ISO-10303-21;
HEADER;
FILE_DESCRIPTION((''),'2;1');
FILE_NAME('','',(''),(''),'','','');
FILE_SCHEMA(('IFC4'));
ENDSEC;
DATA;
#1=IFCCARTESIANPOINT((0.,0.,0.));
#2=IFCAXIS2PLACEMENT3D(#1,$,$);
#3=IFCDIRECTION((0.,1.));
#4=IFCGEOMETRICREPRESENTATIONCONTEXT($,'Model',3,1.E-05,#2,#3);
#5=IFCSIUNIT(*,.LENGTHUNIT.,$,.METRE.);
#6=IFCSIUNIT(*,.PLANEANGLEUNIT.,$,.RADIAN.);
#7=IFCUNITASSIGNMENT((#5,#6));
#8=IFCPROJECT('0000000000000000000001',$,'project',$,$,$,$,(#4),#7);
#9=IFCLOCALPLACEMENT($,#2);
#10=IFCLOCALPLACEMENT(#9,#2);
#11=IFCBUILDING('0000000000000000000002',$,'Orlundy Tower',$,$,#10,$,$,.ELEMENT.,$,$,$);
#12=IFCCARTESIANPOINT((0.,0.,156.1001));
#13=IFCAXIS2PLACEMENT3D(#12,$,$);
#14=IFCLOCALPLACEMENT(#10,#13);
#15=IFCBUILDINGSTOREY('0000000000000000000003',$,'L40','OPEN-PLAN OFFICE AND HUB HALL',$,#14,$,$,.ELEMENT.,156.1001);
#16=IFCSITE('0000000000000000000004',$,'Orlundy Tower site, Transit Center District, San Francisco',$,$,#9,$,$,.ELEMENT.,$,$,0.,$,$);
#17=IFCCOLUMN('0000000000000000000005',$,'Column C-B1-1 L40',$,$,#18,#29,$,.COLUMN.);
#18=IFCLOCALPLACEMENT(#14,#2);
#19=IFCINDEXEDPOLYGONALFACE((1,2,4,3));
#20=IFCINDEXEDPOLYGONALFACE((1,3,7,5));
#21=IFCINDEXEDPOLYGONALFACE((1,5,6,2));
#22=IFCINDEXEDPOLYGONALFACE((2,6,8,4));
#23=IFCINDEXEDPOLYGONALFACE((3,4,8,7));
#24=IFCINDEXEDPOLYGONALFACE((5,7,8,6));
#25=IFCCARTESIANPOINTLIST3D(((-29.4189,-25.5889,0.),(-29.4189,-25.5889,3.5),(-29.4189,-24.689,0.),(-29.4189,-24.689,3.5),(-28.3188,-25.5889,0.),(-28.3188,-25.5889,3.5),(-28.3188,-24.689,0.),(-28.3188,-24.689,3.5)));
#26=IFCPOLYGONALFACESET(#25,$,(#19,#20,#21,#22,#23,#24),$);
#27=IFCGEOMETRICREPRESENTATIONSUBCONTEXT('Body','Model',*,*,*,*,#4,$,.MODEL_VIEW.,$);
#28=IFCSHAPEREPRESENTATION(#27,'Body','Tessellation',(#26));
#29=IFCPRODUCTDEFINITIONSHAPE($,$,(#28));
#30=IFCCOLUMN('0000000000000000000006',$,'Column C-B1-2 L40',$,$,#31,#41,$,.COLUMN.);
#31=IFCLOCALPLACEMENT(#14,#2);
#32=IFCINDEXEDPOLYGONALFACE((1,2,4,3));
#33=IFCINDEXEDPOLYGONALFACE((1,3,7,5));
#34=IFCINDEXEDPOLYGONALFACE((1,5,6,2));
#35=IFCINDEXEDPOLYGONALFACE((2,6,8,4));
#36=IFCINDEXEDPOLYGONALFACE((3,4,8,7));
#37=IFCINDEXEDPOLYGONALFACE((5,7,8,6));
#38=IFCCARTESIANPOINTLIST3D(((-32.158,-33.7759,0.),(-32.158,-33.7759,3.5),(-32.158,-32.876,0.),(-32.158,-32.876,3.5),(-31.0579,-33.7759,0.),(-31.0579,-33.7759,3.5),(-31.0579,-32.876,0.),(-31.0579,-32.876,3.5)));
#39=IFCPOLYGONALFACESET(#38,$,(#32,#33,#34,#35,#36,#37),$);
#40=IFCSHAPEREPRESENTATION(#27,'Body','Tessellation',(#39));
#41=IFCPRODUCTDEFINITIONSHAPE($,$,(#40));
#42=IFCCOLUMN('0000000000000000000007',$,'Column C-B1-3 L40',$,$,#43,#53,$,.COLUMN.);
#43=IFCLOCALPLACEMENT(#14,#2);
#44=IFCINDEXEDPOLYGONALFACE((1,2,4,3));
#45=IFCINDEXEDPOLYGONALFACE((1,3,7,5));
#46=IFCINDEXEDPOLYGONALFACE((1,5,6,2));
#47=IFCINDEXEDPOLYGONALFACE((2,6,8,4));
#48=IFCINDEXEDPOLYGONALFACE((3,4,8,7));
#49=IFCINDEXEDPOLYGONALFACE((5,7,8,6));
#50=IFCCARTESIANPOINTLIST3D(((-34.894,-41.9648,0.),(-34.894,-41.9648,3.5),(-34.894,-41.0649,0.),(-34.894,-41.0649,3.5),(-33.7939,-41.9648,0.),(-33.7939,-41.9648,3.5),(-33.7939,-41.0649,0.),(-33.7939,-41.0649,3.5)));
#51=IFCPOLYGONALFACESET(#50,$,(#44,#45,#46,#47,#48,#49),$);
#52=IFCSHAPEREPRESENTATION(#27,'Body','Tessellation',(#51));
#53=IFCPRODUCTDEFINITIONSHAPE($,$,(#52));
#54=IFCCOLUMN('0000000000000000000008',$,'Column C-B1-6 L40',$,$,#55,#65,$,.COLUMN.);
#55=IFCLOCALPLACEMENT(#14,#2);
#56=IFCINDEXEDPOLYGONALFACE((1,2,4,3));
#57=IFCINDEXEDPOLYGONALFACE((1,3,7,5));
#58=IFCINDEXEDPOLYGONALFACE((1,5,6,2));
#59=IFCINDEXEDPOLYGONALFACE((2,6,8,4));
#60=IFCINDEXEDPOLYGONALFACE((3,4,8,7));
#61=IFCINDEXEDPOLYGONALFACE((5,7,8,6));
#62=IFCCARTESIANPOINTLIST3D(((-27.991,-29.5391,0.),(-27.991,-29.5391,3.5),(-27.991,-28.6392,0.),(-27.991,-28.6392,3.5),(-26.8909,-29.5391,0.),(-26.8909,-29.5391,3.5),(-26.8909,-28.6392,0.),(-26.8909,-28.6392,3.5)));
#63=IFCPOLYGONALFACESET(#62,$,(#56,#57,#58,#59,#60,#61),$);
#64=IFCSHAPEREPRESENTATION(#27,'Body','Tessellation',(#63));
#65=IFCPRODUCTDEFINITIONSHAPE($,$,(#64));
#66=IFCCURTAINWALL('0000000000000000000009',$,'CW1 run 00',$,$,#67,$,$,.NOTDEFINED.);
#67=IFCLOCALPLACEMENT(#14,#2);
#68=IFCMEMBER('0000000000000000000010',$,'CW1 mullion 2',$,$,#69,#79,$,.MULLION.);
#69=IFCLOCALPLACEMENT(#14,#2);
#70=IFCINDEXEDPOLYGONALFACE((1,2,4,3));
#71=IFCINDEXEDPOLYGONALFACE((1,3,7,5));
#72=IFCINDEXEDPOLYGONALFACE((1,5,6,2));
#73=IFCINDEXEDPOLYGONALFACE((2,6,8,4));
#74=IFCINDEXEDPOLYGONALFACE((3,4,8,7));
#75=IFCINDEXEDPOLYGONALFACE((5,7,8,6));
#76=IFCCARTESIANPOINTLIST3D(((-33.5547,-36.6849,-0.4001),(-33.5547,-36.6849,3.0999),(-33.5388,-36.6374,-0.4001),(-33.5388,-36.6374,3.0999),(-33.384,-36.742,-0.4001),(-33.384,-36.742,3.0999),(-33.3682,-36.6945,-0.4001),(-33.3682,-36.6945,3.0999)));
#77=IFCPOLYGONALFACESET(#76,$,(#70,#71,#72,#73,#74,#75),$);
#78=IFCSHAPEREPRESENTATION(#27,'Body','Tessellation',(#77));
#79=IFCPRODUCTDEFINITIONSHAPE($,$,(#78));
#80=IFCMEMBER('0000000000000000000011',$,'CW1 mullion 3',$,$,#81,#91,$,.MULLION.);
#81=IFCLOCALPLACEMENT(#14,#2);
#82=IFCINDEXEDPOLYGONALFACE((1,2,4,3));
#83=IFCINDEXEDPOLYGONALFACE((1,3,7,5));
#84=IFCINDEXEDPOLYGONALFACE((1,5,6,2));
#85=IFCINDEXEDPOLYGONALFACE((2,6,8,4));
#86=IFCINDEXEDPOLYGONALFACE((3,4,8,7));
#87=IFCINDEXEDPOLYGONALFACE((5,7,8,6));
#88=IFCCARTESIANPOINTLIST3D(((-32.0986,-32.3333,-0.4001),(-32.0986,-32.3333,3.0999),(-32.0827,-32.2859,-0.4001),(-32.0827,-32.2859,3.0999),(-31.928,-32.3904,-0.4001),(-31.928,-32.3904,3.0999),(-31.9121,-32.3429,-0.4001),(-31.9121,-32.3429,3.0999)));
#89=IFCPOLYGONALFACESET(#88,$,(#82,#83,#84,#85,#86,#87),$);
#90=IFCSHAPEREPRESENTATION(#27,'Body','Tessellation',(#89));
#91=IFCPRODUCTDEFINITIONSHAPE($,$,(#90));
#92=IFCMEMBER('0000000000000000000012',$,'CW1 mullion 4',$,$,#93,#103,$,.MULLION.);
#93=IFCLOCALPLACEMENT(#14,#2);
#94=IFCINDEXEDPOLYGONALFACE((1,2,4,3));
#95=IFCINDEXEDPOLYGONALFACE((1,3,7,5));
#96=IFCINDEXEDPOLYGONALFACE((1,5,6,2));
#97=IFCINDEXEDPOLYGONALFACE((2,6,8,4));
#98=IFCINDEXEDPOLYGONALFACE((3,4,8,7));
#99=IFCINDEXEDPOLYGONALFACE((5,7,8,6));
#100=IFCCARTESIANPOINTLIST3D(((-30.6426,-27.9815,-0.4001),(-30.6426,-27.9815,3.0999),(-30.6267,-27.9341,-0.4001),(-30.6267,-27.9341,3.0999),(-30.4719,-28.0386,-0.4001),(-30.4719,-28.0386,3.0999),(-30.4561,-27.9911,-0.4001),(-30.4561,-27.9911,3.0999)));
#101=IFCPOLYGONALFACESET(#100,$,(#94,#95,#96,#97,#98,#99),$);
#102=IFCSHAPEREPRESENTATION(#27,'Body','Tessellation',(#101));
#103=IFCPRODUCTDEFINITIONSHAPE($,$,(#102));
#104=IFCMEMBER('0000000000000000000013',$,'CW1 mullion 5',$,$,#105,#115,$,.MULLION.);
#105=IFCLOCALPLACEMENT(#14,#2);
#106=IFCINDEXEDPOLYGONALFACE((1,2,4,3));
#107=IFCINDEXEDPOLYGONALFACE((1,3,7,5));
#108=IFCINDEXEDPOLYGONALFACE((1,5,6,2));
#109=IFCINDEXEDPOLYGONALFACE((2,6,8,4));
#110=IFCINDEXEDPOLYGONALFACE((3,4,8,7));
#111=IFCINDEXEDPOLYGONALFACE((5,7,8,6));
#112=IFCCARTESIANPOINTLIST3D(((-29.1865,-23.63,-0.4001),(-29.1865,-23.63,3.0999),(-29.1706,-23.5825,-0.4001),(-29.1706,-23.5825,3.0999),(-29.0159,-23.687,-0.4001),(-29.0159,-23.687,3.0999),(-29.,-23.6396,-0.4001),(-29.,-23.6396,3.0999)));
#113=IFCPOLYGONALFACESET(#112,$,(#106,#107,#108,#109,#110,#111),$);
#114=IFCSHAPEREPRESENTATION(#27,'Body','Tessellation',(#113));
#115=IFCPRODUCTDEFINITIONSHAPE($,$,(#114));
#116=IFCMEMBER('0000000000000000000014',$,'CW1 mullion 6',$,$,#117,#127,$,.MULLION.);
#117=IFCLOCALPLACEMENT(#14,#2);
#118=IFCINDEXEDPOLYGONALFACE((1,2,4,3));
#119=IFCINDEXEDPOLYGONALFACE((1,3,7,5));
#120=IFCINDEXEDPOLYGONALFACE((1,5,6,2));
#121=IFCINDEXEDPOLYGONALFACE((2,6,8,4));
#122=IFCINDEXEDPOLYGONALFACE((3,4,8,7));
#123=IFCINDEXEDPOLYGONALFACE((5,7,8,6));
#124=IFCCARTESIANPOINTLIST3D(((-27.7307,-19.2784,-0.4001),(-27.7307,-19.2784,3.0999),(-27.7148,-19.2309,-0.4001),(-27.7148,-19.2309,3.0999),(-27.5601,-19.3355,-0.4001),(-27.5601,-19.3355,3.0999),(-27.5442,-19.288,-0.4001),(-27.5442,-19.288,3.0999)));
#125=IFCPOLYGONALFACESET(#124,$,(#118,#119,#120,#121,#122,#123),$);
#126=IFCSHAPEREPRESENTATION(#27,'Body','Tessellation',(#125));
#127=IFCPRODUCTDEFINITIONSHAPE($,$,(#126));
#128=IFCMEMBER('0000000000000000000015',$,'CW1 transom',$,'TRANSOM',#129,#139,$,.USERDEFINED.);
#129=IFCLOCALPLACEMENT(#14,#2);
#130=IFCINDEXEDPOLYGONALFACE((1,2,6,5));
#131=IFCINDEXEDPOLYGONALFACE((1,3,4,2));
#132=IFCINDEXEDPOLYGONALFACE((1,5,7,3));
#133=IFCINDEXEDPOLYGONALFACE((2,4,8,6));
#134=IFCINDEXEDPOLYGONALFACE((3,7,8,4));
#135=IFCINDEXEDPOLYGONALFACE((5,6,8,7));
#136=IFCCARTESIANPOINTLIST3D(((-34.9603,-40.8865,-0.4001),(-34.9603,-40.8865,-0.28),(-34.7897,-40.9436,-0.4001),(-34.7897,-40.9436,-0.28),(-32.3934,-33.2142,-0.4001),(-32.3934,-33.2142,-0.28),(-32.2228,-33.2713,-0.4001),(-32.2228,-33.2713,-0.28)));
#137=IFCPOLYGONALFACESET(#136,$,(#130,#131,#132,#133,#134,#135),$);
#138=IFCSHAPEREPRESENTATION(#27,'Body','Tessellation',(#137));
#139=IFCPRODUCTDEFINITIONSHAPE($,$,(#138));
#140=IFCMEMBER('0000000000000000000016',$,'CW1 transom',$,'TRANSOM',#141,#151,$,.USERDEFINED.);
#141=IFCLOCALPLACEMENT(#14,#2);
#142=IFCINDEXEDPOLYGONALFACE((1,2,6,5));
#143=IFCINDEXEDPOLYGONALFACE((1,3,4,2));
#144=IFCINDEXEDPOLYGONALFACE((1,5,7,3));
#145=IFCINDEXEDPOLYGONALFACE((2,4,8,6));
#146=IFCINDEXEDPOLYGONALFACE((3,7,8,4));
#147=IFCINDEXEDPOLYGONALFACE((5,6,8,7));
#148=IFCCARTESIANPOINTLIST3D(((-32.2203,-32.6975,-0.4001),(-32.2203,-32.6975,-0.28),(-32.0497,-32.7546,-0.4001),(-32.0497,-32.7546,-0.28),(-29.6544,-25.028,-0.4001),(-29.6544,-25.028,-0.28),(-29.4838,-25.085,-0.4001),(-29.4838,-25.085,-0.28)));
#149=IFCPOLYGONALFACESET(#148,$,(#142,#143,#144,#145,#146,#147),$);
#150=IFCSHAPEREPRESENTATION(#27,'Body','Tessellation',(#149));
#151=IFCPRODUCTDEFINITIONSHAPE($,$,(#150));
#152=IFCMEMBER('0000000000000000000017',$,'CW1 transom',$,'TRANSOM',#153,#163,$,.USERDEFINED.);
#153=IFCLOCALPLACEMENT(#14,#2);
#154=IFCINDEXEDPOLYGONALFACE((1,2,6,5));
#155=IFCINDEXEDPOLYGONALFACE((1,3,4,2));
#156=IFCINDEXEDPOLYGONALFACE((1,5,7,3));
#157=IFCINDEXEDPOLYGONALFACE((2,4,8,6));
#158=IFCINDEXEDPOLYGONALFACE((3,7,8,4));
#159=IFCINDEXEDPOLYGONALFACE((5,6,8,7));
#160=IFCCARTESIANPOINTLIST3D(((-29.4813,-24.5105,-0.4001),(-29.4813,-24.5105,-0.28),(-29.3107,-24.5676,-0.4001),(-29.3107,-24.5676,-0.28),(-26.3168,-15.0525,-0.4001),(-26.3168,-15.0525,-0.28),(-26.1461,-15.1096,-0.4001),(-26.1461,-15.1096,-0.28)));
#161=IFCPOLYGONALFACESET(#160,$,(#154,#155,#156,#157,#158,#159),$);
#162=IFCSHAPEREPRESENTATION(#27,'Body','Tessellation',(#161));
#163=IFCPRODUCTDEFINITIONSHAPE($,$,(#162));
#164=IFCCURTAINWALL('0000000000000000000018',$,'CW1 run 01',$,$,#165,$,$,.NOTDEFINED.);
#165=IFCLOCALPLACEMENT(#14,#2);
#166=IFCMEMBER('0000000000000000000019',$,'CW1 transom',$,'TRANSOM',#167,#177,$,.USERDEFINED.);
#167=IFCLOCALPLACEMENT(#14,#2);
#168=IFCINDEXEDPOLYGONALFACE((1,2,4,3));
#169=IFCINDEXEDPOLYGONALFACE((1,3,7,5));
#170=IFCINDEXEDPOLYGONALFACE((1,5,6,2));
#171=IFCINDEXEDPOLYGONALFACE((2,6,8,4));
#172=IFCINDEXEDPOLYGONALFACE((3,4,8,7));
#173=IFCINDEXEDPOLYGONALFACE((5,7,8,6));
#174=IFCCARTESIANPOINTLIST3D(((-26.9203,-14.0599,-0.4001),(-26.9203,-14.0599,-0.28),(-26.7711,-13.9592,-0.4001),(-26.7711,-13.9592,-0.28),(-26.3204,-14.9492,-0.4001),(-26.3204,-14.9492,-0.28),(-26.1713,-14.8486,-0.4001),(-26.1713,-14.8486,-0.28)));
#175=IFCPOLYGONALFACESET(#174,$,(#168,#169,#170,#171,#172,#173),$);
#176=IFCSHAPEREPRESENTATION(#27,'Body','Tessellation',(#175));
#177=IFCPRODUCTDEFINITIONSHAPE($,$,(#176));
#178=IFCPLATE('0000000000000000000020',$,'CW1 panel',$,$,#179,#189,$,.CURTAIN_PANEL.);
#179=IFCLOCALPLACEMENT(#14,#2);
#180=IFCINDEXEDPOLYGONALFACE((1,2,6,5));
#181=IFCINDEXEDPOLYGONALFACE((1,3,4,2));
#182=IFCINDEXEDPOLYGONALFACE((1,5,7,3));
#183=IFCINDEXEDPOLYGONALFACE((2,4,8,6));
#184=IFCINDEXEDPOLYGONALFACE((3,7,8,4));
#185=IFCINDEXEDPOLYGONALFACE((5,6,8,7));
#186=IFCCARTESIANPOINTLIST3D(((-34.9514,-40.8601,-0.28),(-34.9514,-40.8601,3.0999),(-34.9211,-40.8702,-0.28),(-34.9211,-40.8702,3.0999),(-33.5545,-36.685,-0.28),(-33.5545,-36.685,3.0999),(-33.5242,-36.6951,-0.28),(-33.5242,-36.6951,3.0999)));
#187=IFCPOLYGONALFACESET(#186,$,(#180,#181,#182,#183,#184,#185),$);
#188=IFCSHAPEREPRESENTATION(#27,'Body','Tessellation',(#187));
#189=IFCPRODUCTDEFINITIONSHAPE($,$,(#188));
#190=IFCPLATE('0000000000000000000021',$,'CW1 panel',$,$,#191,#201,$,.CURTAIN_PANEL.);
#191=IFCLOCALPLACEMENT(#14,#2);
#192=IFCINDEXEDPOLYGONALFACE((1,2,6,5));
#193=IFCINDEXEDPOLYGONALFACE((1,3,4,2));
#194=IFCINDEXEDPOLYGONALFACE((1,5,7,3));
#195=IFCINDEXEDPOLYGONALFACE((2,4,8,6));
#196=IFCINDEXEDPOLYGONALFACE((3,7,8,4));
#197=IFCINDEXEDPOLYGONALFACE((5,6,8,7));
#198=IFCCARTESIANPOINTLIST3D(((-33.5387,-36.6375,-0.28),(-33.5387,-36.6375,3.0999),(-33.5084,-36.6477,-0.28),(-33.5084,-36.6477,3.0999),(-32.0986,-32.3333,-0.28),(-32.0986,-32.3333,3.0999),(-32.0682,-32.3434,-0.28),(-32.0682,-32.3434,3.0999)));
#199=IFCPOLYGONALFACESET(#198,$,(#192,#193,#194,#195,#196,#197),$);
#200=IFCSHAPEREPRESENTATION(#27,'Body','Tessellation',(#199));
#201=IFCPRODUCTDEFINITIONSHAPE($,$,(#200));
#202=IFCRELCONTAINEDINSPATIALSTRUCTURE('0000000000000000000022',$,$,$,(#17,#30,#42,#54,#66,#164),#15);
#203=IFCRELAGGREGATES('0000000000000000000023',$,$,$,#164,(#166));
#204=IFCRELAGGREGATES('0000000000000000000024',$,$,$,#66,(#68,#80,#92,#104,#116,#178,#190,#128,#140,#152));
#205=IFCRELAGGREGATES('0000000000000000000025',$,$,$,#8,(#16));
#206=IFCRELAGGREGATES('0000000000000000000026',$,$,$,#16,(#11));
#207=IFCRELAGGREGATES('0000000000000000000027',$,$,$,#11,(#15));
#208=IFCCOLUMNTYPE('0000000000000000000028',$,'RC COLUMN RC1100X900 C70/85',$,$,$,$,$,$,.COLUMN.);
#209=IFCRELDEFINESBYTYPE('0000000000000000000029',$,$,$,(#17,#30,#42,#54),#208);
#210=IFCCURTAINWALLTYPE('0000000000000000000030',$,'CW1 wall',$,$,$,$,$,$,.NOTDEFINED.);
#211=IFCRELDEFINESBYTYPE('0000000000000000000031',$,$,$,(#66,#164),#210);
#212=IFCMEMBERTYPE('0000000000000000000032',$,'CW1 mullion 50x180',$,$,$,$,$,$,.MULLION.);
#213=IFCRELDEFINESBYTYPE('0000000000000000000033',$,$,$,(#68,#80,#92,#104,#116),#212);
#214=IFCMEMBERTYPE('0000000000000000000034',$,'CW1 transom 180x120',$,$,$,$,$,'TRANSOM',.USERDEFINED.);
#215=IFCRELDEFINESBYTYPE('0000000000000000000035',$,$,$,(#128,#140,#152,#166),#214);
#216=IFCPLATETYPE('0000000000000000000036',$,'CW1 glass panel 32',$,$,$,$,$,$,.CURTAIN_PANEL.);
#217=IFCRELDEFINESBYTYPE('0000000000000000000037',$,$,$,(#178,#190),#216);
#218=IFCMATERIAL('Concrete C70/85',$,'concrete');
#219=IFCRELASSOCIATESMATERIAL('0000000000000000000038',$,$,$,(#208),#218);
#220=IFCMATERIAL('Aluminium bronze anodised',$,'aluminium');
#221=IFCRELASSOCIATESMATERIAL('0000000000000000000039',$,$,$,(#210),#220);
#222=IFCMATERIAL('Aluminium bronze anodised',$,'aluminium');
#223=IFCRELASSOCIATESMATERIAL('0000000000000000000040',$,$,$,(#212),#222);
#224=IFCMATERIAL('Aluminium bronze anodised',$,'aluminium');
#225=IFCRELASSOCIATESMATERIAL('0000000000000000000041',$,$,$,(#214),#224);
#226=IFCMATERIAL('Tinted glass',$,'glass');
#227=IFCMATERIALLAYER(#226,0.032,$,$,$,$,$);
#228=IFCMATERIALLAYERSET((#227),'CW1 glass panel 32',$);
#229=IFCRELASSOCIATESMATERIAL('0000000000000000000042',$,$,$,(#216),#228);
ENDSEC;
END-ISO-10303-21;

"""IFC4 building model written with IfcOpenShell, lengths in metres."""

from ifc_helpers import new_model, si_unit, direction, frame, origin, origin_2d, place, context, subcontext, project, spatial, rectangle, extrude, material, layer, layer_set, material_profile, profile_set, type_object, element, aggregate, save


model = new_model("IFC4")

# Units and contexts
model_context = context("Model", 3, precision=1e-05, world=origin(), true_north=direction((0.0, 1.0)))
body_context = subcontext(model_context, "Body", "Model", "MODEL_VIEW")
ifc_project = project(units=[si_unit("LENGTHUNIT", "METRE"), si_unit("PLANEANGLEUNIT", "RADIAN")], contexts=[model_context])

# Site, building, storey
site_placement = place(None, origin())
site = spatial("IfcSite", under=ifc_project, at=site_placement, Name="Orlundy Tower site, Transit Center District, San Francisco", CompositionType="ELEMENT", RefElevation=0.0)
building_placement = place(site_placement, origin())
building = spatial("IfcBuilding", under=site, at=building_placement, Name="Orlundy Tower", CompositionType="ELEMENT")
storey_placement = place(building_placement, frame((0.0, 0.0, 156.1001)))
storey = spatial("IfcBuildingStorey", under=building, at=storey_placement, Name="L40", Description="OPEN-PLAN OFFICE AND HUB HALL", CompositionType="ELEMENT", Elevation=156.1001)

# Columns
ifc_material_1 = material(Name="Concrete C70/85", Category="concrete")
ifc_material_profile_1 = material_profile(ifc_material_1, rectangle(XDim=1.1001, YDim=0.8999, at=origin_2d()), Name="RC1100X900")
ifc_profile_set_1 = profile_set([ifc_material_profile_1], Name="Concrete C70/85")
column_type = type_object("IfcColumnType", Name="RC COLUMN RC1100X900 C70/85", PredefinedType="COLUMN", material=ifc_profile_set_1)
for number, where, z_axis, x_axis, name in (
    (1, (-28.8689, -25.1389, 0.0), (0.0, 0.0, 1.0), (1.0, 0.0, 0.0), "Column C-B1-1 L40"),
    (2, (-31.6079, -33.3259, 0.0), (0.0, 0.0, 1.0), (1.0, 0.0, 0.0), "Column C-B1-2 L40"),
    (3, (-34.344, -41.5149, 0.0), (0.0, 0.0, 1.0), (1.0, 0.0, 0.0), "Column C-B1-3 L40"),
    (4, (-27.4409, -29.0891, 0.0), (0.0, 0.0, 1.0), (1.0, 0.0, 0.0), "Column C-B1-6 L40"),
):
    element("IfcColumn", number, at=place(storey_placement, frame(where, z_axis=z_axis, x_axis=x_axis)), inside=storey, type_object=column_type, Name=name, PredefinedType="COLUMN", context=body_context, shape_type="SweptSolid", body=[
        extrude(rectangle(XDim=1.1001, YDim=0.8999, at=origin_2d()), origin(), (0.0, 0.0, 1.0), 3.5),
    ])

# Curtain wall, members
ifc_material_2 = material(Name="Aluminium bronze anodised", Category="aluminium")
curtain_wall_type = type_object("IfcCurtainWallType", Name="CW1 wall", PredefinedType="NOTDEFINED", material=ifc_material_2)
curtain_wall_1_placement = place(storey_placement, origin())
curtain_wall_1 = element("IfcCurtainWall", 5, at=curtain_wall_1_placement, inside=storey, type_object=curtain_wall_type, Name="CW1 run 00", PredefinedType="NOTDEFINED")
ifc_material_3 = material(Name="Aluminium bronze anodised", Category="aluminium")
ifc_material_profile_2 = material_profile(ifc_material_3, rectangle(XDim=0.1799, YDim=0.05, at=origin_2d()), Name="CW1 mullion 50x180")
ifc_profile_set_2 = profile_set([ifc_material_profile_2], Name="Aluminium bronze anodised")
member_type_1 = type_object("IfcMemberType", Name="CW1 mullion 50x180", PredefinedType="MULLION", material=ifc_profile_set_2)
member_1_placement = place(storey_placement, frame((-33.4614, -36.6897, -0.4001), z_axis=(0.0, 0.0, 1.0), x_axis=(-0.948327, 0.317295, 0.0)))
member_1 = element("IfcMember", 6, at=member_1_placement, type_object=member_type_1, Name="CW1 mullion 2", PredefinedType="MULLION", context=body_context, shape_type="SweptSolid", body=[
    extrude(rectangle(XDim=0.1799, YDim=0.05, at=origin_2d()), origin(), (0.0, 0.0, 1.0), 3.5),
])
member_2_placement = place(storey_placement, frame((-32.0054, -32.3381, -0.4001), z_axis=(0.0, 0.0, 1.0), x_axis=(-0.948327, 0.317295, 0.0)))
member_2 = element("IfcMember", 7, at=member_2_placement, type_object=member_type_1, Name="CW1 mullion 3", PredefinedType="MULLION", context=body_context, shape_type="SweptSolid", body=[
    extrude(rectangle(XDim=0.1799, YDim=0.05, at=origin_2d()), origin(), (0.0, 0.0, 1.0), 3.5),
])
member_3_placement = place(storey_placement, frame((-30.5493, -27.9863, -0.4001), z_axis=(0.0, 0.0, 1.0), x_axis=(-0.948327, 0.317295, 0.0)))
member_3 = element("IfcMember", 8, at=member_3_placement, type_object=member_type_1, Name="CW1 mullion 4", PredefinedType="MULLION", context=body_context, shape_type="SweptSolid", body=[
    extrude(rectangle(XDim=0.1799, YDim=0.05, at=origin_2d()), origin(), (0.0, 0.0, 1.0), 3.5),
])
member_4_placement = place(storey_placement, frame((-29.0933, -23.6348, -0.4001), z_axis=(0.0, 0.0, 1.0), x_axis=(-0.948327, 0.317295, 0.0)))
member_4 = element("IfcMember", 9, at=member_4_placement, type_object=member_type_1, Name="CW1 mullion 5", PredefinedType="MULLION", context=body_context, shape_type="SweptSolid", body=[
    extrude(rectangle(XDim=0.1799, YDim=0.05, at=origin_2d()), origin(), (0.0, 0.0, 1.0), 3.5),
])
member_5_placement = place(storey_placement, frame((-27.6375, -19.2832, -0.4001), z_axis=(0.0, 0.0, 1.0), x_axis=(-0.948327, 0.317295, 0.0)))
member_5 = element("IfcMember", 10, at=member_5_placement, type_object=member_type_1, Name="CW1 mullion 6", PredefinedType="MULLION", context=body_context, shape_type="SweptSolid", body=[
    extrude(rectangle(XDim=0.1799, YDim=0.05, at=origin_2d()), origin(), (0.0, 0.0, 1.0), 3.5),
])
ifc_material_4 = material(Name="Aluminium bronze anodised", Category="aluminium")
ifc_material_profile_3 = material_profile(ifc_material_4, rectangle(XDim=0.1799, YDim=0.1201, at=origin_2d()), Name="CW1 transom 180x120")
ifc_profile_set_3 = profile_set([ifc_material_profile_3], Name="Aluminium bronze anodised")
member_type_2 = type_object("IfcMemberType", Name="CW1 transom 180x120", ElementType="TRANSOM", PredefinedType="USERDEFINED", material=ifc_profile_set_3)
member_6_placement = place(storey_placement, frame((-34.875, -40.915, -0.3401), z_axis=(0.317278, 0.948333, 0.0), x_axis=(-0.948333, 0.317278, 0.0)))
member_6 = element("IfcMember", 11, at=member_6_placement, type_object=member_type_2, Name="CW1 transom", ObjectType="TRANSOM", PredefinedType="USERDEFINED", context=body_context, shape_type="SweptSolid", body=[
    extrude(rectangle(XDim=0.1799, YDim=0.1201, at=origin_2d()), origin(), (0.0, 0.0, 1.0), 8.0903),
])
member_7_placement = place(storey_placement, frame((-32.135, -32.7261, -0.3401), z_axis=(0.317269, 0.948336, 0.0), x_axis=(-0.948336, 0.317269, 0.0)))
member_7 = element("IfcMember", 12, at=member_7_placement, type_object=member_type_2, Name="CW1 transom", ObjectType="TRANSOM", PredefinedType="USERDEFINED", context=body_context, shape_type="SweptSolid", body=[
    extrude(rectangle(XDim=0.1799, YDim=0.1201, at=origin_2d()), origin(), (0.0, 0.0, 1.0), 8.0874),
])
member_8_placement = place(storey_placement, frame((-29.396, -24.5391, -0.3401), z_axis=(0.3173, 0.948325, 0.0), x_axis=(-0.948325, 0.3173, 0.0)))
member_8 = element("IfcMember", 13, at=member_8_placement, type_object=member_type_2, Name="CW1 transom", ObjectType="TRANSOM", PredefinedType="USERDEFINED", context=body_context, shape_type="SweptSolid", body=[
    extrude(rectangle(XDim=0.1799, YDim=0.1201, at=origin_2d()), origin(), (0.0, 0.0, 1.0), 9.9734),
])

# Curtain wall, member
curtain_wall_2_placement = place(storey_placement, origin())
curtain_wall_2 = element("IfcCurtainWall", 14, at=curtain_wall_2_placement, inside=storey, type_object=curtain_wall_type, Name="CW1 run 01", PredefinedType="NOTDEFINED")
member_9_placement = place(storey_placement, frame((-26.2458, -14.8989, -0.3401), z_axis=(-0.559156, 0.829062, 0.0), x_axis=(-0.829062, -0.559156, 0.0)))
member_9 = element("IfcMember", 15, at=member_9_placement, type_object=member_type_2, Name="CW1 transom", ObjectType="TRANSOM", PredefinedType="USERDEFINED", context=body_context, shape_type="SweptSolid", body=[
    extrude(rectangle(XDim=0.1799, YDim=0.1201, at=origin_2d()), origin(), (0.0, 0.0, 1.0), 1.0728),
])
aggregate(curtain_wall_2, [member_9])

# Plates
ifc_material_5 = material(Name="Tinted glass", Category="glass")
ifc_layer_1 = layer(ifc_material_5, 0.032)
ifc_layer_set_1 = layer_set([ifc_layer_1], Name="CW1 glass panel 32")
plate_type = type_object("IfcPlateType", Name="CW1 glass panel 32", PredefinedType="CURTAIN_PANEL", material=ifc_layer_set_1)
plate_1_placement = place(storey_placement, frame((-34.2378, -38.7776, -0.28), z_axis=(0.0, 0.0, 1.0), x_axis=(0.317295, 0.948327, 0.0)))
plate_1 = element("IfcPlate", 16, at=plate_1_placement, type_object=plate_type, Name="CW1 panel", PredefinedType="CURTAIN_PANEL", context=body_context, shape_type="SweptSolid", body=[
    extrude(rectangle(XDim=4.4026, YDim=0.032, at=origin_2d()), origin(), (0.0, 0.0, 1.0), 3.3799),
])
plate_2_placement = place(storey_placement, frame((-32.8035, -34.4905, -0.28), z_axis=(0.0, 0.0, 1.0), x_axis=(0.317295, 0.948327, 0.0)))
plate_2 = element("IfcPlate", 17, at=plate_2_placement, type_object=plate_type, Name="CW1 panel", PredefinedType="CURTAIN_PANEL", context=body_context, shape_type="SweptSolid", body=[
    extrude(rectangle(XDim=4.5388, YDim=0.032, at=origin_2d()), origin(), (0.0, 0.0, 1.0), 3.3799),
])
aggregate(curtain_wall_1, [member_1, member_2, member_3, member_4, member_5, plate_1, plate_2, member_6, member_7, member_8])

save(model, "model.ifc")
